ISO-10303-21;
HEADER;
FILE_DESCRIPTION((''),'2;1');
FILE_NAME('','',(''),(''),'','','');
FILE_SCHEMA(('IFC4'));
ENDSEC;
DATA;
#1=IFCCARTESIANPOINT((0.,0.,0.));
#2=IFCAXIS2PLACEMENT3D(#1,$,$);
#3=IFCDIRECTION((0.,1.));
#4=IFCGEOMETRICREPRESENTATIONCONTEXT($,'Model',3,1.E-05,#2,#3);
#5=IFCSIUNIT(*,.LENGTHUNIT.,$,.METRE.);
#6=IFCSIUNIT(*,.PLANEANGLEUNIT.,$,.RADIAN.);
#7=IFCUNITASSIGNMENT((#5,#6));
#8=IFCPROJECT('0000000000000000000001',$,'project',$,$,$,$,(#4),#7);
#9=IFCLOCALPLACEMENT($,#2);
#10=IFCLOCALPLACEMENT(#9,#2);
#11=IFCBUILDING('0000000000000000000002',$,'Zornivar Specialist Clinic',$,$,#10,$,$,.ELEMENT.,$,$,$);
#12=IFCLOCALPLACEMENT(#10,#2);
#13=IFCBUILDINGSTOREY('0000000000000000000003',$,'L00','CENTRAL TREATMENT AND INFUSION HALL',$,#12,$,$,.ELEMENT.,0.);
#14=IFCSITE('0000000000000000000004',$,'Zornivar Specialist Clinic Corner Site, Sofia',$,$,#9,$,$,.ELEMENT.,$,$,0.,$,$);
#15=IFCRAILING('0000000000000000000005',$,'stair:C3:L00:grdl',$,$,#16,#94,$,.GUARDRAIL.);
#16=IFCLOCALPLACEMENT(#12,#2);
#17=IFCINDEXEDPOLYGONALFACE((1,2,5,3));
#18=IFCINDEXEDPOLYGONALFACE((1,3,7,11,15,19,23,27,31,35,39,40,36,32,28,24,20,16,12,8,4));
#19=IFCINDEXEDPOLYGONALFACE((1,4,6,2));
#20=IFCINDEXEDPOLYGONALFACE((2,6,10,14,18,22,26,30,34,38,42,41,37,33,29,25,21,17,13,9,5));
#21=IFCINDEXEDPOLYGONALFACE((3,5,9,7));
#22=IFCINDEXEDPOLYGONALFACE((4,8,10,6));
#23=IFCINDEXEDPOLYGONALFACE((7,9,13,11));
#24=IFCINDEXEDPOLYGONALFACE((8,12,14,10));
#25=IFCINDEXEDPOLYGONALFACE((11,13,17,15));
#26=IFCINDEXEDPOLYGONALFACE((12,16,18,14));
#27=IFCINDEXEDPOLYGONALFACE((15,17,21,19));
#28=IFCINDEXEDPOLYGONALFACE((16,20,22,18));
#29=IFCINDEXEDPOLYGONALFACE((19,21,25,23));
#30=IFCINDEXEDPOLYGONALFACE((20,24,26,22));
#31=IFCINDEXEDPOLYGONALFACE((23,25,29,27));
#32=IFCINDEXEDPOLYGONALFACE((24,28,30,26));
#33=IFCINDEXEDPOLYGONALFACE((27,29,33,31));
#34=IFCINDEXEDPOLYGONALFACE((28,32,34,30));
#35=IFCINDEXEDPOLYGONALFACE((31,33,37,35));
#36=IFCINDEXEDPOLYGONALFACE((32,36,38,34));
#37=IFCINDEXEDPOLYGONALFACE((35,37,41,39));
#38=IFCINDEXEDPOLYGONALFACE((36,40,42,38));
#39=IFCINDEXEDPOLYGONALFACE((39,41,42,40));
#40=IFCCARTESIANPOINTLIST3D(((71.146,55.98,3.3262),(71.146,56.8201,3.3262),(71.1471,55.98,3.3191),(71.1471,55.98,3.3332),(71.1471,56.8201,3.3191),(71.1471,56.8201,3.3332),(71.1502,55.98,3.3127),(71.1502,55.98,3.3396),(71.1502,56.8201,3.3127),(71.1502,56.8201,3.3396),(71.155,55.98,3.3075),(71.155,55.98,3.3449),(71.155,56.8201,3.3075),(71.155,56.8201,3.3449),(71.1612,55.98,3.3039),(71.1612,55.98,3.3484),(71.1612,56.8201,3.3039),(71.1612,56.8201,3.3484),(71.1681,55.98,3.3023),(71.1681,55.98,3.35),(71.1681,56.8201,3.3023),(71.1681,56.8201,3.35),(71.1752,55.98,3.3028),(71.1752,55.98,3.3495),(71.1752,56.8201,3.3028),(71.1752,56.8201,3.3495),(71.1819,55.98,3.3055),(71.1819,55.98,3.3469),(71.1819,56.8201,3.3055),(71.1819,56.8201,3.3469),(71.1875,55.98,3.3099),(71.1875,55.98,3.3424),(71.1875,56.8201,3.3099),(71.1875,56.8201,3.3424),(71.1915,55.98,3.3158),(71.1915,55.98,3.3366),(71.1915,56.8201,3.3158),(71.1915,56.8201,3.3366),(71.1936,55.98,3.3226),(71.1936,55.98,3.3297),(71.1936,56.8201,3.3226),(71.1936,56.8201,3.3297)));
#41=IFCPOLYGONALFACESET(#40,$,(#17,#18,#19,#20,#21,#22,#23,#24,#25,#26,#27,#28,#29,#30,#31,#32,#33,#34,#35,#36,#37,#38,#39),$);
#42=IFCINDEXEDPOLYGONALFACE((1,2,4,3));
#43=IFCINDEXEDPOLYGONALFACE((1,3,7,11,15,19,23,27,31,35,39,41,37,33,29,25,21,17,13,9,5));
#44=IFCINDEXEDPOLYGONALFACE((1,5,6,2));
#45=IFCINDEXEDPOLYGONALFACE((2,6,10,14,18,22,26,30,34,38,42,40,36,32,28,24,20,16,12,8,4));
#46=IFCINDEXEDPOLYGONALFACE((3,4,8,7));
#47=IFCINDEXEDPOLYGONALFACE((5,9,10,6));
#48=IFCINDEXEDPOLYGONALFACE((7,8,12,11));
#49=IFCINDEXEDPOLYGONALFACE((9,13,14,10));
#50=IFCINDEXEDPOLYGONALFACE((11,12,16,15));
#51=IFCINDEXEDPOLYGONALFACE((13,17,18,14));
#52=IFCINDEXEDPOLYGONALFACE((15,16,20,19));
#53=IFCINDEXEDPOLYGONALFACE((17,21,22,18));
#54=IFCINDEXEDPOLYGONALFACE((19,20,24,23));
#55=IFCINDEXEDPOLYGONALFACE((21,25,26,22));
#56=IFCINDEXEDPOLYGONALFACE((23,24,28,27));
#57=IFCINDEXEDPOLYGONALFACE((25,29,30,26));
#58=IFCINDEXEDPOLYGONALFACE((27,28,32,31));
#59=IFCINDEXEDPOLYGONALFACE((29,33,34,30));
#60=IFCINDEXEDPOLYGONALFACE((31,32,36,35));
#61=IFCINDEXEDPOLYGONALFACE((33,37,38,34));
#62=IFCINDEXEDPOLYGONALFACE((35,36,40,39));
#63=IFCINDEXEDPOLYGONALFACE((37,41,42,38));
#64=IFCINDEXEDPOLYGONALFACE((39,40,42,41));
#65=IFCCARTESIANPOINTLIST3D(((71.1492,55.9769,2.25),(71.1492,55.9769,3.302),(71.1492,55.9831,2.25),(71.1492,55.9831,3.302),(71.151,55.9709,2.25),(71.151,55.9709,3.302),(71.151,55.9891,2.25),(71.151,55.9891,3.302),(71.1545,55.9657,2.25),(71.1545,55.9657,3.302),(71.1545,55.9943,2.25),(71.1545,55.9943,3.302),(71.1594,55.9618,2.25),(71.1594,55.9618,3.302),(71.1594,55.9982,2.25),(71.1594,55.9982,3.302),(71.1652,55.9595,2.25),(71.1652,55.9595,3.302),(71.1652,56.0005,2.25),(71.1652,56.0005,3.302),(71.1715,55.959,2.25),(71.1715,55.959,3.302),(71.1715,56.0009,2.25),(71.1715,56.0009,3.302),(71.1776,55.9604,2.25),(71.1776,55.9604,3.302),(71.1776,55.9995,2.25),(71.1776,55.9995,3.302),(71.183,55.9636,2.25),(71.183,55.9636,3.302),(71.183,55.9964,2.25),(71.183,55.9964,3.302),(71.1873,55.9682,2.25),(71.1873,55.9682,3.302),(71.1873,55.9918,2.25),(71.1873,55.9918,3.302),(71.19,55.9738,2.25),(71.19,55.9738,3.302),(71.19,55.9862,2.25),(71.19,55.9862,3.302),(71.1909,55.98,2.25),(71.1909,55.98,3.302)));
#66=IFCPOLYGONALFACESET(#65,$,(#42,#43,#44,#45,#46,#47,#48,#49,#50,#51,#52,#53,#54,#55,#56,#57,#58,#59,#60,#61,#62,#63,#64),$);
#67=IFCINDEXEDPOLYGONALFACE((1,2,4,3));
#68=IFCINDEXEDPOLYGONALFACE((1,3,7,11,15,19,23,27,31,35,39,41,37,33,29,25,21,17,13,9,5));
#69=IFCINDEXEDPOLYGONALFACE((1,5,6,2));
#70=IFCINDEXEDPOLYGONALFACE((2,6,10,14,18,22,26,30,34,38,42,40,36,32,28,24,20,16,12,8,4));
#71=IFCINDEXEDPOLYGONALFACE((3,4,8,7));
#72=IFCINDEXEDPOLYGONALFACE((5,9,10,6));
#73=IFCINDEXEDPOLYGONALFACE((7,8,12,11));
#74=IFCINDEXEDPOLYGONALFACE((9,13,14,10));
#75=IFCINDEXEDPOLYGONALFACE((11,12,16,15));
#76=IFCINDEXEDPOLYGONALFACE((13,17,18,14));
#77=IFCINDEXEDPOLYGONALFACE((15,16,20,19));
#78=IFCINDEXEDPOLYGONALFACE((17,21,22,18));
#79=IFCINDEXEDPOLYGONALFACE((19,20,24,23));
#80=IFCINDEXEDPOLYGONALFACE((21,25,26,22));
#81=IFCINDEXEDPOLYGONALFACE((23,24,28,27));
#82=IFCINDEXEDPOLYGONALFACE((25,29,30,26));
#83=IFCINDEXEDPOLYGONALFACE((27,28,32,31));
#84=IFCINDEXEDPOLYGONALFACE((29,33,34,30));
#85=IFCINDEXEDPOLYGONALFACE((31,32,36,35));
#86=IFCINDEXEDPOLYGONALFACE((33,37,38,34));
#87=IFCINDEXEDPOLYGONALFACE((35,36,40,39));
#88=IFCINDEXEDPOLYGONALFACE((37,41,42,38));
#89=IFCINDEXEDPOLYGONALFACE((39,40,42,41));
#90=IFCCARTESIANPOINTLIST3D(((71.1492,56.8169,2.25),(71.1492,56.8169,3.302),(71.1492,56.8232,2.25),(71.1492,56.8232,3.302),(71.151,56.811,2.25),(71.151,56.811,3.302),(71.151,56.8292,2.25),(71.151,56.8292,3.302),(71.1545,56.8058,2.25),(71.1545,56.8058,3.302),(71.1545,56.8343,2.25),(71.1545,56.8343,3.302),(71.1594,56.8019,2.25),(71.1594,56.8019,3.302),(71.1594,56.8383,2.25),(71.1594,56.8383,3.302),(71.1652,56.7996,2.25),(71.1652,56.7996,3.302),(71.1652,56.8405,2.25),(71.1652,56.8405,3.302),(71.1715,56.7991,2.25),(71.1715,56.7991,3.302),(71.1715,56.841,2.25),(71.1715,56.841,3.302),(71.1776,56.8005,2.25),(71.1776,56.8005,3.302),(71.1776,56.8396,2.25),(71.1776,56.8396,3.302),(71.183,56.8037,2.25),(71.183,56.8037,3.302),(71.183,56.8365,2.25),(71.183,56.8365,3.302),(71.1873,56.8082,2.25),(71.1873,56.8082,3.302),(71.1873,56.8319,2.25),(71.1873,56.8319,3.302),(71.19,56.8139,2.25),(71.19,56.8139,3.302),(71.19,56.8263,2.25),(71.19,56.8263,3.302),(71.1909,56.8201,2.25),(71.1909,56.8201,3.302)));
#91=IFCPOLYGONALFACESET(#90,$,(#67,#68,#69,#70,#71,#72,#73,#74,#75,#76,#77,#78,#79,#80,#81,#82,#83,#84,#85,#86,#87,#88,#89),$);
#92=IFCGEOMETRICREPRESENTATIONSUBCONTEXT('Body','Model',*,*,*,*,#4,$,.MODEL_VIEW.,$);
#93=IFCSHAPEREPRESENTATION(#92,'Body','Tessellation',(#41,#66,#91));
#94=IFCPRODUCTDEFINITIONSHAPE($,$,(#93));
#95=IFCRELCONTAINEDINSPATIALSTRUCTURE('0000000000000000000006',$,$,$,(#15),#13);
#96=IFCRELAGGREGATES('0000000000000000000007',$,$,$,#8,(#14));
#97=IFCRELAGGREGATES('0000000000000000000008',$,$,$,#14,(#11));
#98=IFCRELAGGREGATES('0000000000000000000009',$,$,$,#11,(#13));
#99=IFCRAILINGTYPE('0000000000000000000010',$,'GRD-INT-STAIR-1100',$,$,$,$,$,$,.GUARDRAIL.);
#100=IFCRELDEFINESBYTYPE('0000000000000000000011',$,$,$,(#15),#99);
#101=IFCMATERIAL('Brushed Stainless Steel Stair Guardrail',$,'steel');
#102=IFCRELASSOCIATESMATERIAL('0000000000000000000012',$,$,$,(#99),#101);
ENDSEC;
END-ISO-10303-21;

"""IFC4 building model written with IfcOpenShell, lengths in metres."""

from ifc_helpers import new_model, si_unit, direction, frame, origin, origin_2d, place, context, subcontext, project, spatial, circle, extrude, material, type_object, element, save


model = new_model("IFC4")

# Units and contexts
model_context = context("Model", 3, precision=1e-05, world=origin(), true_north=direction((0.0, 1.0)))
body_context = subcontext(model_context, "Body", "Model", "MODEL_VIEW")
ifc_project = project(units=[si_unit("LENGTHUNIT", "METRE"), si_unit("PLANEANGLEUNIT", "RADIAN")], contexts=[model_context])

# Site, building, storey
site_placement = place(None, origin())
site = spatial("IfcSite", under=ifc_project, at=site_placement, Name="Zornivar Specialist Clinic Corner Site, Sofia", CompositionType="ELEMENT", RefElevation=0.0)
building_placement = place(site_placement, origin())
building = spatial("IfcBuilding", under=site, at=building_placement, Name="Zornivar Specialist Clinic", CompositionType="ELEMENT")
storey_placement = place(building_placement, origin())
storey = spatial("IfcBuildingStorey", under=building, at=storey_placement, Name="L00", Description="CENTRAL TREATMENT AND INFUSION HALL", CompositionType="ELEMENT", Elevation=0.0)

# Railing
ifc_material_1 = material(Name="Brushed Stainless Steel Stair Guardrail", Category="steel")
railing_type_1 = type_object("IfcRailingType", Name="GRD-INT-STAIR-1100", PredefinedType="GUARDRAIL", material=ifc_material_1)
railing_1_placement = place(storey_placement, frame((71.1699, 55.98, 2.25)))
element("IfcRailing", 1, at=railing_1_placement, inside=storey, type_object=railing_type_1, Name="stair:C3:L00:grdl", PredefinedType="GUARDRAIL", context=body_context, shape_type="SweptSolid", body=[
    extrude(circle(Radius=0.0239, at=origin_2d()), frame((0.0, 0.0, 1.0762), z_axis=(0.0, 1.0, 0.0), x_axis=(-1.0, 0.0, 0.0)), (0.0, 0.0, 1.0), 0.8401),
    extrude(circle(Radius=0.021, at=origin_2d()), origin(), (0.0, 0.0, 1.0), 1.052),
    extrude(circle(Radius=0.021, at=origin_2d()), frame((0.0, 0.8401, 0.0)), (0.0, 0.0, 1.0), 1.052),
])

save(model, "model.ifc")
